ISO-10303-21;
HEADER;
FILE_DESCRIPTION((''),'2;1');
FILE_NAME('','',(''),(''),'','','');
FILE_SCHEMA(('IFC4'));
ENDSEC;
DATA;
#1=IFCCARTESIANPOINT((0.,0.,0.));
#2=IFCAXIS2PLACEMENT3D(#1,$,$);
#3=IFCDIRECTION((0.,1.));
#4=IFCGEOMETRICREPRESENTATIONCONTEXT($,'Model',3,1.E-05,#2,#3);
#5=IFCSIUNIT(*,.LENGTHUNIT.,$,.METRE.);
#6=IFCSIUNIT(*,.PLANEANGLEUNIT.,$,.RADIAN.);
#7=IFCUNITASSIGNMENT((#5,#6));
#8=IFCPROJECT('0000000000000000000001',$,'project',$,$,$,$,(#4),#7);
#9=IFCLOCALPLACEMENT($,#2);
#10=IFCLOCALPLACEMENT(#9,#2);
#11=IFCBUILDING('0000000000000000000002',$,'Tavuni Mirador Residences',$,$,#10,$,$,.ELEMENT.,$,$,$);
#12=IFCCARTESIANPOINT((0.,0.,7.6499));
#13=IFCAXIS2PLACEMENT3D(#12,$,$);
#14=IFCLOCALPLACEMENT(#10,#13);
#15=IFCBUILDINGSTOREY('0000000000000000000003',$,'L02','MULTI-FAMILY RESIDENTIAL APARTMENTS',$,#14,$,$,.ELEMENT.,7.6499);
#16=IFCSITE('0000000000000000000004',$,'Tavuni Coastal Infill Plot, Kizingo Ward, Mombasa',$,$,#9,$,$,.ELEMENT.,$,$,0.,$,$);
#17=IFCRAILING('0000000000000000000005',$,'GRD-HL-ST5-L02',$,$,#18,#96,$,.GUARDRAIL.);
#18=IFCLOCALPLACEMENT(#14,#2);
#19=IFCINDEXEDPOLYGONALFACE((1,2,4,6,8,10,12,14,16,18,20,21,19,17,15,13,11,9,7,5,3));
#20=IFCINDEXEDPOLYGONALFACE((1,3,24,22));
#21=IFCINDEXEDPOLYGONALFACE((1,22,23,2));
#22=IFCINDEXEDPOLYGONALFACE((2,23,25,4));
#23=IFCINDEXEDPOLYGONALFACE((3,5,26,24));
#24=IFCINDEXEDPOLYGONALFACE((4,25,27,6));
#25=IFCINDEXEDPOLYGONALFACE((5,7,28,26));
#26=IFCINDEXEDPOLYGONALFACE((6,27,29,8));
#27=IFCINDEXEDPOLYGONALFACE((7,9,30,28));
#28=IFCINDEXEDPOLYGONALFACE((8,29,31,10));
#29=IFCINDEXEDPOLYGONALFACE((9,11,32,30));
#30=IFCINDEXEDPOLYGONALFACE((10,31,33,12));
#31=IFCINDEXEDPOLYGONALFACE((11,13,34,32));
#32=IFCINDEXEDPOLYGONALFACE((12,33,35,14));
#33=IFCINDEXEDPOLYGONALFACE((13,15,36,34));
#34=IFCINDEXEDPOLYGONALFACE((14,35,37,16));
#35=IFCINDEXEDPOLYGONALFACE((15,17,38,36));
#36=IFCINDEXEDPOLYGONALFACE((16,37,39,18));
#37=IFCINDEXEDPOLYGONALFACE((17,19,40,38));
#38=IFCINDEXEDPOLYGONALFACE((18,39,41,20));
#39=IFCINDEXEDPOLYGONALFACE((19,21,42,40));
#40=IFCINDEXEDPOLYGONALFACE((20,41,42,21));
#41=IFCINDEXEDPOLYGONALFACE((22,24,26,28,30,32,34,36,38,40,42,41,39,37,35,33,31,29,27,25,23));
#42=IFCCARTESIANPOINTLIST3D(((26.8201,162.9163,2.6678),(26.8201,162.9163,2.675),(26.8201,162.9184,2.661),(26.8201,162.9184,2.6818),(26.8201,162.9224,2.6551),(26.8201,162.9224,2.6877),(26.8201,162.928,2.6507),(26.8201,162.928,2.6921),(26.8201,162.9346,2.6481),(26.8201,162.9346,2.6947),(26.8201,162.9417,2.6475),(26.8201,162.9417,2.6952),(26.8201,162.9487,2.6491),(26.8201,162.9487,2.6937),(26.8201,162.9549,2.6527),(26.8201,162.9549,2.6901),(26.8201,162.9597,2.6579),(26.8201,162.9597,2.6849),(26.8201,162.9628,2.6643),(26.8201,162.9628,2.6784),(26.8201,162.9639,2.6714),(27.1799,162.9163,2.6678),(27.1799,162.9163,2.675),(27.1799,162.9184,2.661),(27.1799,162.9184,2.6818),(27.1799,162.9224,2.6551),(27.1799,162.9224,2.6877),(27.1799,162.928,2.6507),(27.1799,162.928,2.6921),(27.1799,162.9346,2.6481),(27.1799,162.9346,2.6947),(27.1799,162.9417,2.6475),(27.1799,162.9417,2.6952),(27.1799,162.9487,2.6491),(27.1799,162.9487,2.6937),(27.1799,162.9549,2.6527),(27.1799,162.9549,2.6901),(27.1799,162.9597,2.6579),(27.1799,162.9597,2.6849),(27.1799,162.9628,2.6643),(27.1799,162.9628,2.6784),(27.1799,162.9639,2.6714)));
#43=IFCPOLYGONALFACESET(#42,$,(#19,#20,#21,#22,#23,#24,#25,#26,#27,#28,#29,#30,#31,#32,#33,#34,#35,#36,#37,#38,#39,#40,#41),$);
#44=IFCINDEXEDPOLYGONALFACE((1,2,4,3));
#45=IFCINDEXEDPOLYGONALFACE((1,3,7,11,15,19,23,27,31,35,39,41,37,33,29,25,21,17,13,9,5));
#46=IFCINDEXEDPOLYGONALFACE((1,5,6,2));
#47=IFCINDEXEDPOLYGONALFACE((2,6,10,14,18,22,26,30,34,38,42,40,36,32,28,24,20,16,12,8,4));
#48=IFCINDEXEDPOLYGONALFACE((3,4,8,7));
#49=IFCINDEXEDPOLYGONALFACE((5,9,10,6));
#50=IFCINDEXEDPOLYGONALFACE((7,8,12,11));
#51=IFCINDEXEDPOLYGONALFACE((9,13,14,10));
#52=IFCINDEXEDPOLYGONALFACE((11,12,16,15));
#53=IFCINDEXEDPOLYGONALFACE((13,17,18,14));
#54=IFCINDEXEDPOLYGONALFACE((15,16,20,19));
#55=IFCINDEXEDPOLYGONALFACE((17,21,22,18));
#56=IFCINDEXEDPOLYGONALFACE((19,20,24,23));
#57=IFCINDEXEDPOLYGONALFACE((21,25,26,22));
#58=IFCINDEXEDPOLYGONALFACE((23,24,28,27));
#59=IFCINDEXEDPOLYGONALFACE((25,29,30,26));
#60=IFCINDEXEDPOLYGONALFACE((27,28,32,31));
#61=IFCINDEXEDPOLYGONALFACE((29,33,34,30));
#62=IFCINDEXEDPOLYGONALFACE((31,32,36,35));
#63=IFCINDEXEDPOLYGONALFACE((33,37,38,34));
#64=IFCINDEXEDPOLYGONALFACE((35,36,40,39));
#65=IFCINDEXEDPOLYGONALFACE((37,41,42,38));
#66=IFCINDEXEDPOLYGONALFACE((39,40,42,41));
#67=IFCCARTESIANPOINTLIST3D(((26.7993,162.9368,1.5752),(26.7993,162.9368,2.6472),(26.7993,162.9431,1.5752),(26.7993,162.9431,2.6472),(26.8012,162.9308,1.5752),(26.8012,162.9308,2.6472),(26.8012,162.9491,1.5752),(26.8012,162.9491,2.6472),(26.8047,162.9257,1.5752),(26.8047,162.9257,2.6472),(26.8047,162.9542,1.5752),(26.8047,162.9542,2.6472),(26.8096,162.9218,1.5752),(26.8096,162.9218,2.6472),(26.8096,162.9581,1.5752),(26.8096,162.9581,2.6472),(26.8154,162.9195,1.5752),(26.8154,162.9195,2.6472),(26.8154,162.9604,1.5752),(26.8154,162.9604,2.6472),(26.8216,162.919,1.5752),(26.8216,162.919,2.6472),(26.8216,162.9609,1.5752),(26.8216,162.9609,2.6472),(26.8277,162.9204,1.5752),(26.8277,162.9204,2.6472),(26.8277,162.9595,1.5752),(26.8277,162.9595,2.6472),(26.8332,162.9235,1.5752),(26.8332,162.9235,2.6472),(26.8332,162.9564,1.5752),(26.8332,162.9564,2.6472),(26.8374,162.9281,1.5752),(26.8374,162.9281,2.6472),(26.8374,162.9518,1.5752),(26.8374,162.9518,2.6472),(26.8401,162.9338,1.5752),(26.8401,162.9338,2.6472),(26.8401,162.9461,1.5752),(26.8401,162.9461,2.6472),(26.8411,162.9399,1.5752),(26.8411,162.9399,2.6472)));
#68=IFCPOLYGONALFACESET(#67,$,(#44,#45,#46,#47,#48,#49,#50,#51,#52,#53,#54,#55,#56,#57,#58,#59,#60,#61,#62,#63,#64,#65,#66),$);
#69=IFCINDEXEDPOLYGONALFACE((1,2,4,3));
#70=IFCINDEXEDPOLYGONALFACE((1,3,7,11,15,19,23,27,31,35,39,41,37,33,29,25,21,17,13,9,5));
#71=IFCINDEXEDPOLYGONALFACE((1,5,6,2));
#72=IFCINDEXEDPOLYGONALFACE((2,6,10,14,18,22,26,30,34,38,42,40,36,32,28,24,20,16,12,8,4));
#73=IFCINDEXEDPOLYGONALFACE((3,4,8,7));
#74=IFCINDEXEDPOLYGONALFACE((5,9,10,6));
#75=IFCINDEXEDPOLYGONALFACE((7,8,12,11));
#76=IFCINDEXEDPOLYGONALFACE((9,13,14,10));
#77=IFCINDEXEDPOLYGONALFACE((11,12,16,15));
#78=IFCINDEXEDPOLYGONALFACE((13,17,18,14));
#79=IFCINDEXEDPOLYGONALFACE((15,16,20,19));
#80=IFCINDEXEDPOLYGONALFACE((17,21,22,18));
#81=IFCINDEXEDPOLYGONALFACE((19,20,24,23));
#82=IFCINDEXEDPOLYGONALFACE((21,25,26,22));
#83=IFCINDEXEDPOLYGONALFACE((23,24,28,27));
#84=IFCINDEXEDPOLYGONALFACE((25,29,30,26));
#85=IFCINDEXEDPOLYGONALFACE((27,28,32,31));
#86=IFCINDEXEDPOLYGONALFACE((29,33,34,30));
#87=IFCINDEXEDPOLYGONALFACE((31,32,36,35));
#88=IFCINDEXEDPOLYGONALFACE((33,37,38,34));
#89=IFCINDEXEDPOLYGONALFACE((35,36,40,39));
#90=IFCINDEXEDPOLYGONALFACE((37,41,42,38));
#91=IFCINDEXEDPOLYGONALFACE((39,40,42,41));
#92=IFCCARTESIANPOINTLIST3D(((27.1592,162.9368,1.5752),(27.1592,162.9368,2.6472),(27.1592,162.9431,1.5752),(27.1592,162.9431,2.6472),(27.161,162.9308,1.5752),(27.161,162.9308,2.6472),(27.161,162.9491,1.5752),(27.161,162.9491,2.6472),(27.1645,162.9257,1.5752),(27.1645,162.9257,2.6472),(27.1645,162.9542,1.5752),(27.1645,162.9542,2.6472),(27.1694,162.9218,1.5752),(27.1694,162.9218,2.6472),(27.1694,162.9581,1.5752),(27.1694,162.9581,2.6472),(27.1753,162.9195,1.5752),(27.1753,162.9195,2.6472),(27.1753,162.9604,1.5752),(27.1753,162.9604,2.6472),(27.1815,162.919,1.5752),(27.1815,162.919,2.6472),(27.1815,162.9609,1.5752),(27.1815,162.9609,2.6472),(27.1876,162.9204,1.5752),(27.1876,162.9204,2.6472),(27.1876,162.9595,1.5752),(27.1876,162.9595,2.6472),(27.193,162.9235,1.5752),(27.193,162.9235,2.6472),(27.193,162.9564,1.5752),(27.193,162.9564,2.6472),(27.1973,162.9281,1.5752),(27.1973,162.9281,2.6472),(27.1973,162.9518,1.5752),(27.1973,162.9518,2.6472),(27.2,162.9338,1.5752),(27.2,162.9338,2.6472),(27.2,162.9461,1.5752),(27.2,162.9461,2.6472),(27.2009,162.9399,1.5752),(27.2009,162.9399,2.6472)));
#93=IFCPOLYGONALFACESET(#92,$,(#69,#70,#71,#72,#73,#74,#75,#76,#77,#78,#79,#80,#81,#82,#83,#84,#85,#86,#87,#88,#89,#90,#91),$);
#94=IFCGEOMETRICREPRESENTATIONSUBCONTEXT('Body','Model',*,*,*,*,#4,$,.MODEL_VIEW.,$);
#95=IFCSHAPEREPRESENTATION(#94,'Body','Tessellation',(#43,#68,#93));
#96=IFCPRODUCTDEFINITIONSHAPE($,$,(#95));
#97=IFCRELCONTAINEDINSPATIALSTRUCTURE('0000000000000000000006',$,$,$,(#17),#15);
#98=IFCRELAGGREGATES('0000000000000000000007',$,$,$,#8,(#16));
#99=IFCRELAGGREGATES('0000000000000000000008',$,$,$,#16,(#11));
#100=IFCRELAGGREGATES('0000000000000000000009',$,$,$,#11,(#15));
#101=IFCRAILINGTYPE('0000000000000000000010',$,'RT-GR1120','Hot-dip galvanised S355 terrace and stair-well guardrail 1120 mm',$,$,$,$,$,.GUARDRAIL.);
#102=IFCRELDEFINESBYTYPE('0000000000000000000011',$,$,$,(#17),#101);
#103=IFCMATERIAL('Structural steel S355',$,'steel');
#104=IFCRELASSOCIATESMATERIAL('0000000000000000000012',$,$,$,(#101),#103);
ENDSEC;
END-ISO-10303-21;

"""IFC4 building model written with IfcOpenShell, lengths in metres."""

from ifc_helpers import new_model, si_unit, direction, frame, origin, origin_2d, place, context, subcontext, project, spatial, circle, extrude, material, type_object, element, save


model = new_model("IFC4")

# Units and contexts
model_context = context("Model", 3, precision=1e-05, world=origin(), true_north=direction((0.0, 1.0)))
body_context = subcontext(model_context, "Body", "Model", "MODEL_VIEW")
ifc_project = project(units=[si_unit("LENGTHUNIT", "METRE"), si_unit("PLANEANGLEUNIT", "RADIAN")], contexts=[model_context])

# Site, building, storey
site_placement = place(None, origin())
site = spatial("IfcSite", under=ifc_project, at=site_placement, Name="Tavuni Coastal Infill Plot, Kizingo Ward, Mombasa", CompositionType="ELEMENT", RefElevation=0.0)
building_placement = place(site_placement, origin())
building = spatial("IfcBuilding", under=site, at=building_placement, Name="Tavuni Mirador Residences", CompositionType="ELEMENT")
storey_placement = place(building_placement, frame((0.0, 0.0, 7.6499)))
storey = spatial("IfcBuildingStorey", under=building, at=storey_placement, Name="L02", Description="MULTI-FAMILY RESIDENTIAL APARTMENTS", CompositionType="ELEMENT", Elevation=7.6499)

# Shared definitions
ifc_material_1 = material(Name="Structural steel S355", Category="steel")

# Railing
railing_type_1 = type_object("IfcRailingType", Name="RT-GR1120", Description="Hot-dip galvanised S355 terrace and stair-well guardrail 1120 mm", PredefinedType="GUARDRAIL", material=ifc_material_1)
railing_1_placement = place(storey_placement, frame((26.8201, 162.9399, 1.5752)))
element("IfcRailing", 1, at=railing_1_placement, inside=storey, type_object=railing_type_1, Name="GRD-HL-ST5-L02", PredefinedType="GUARDRAIL", context=body_context, shape_type="SweptSolid", body=[
    extrude(circle(Radius=0.0239, at=origin_2d()), frame((0.0, 0.0, 1.0962), z_axis=(1.0, 0.0, 0.0), x_axis=(0.0, 1.0, 0.0)), (0.0, 0.0, 1.0), 0.3599),
    extrude(circle(Radius=0.021, at=origin_2d()), origin(), (0.0, 0.0, 1.0), 1.072),
    extrude(circle(Radius=0.021, at=origin_2d()), frame((0.3599, 0.0, 0.0)), (0.0, 0.0, 1.0), 1.072),
])

save(model, "model.ifc")
